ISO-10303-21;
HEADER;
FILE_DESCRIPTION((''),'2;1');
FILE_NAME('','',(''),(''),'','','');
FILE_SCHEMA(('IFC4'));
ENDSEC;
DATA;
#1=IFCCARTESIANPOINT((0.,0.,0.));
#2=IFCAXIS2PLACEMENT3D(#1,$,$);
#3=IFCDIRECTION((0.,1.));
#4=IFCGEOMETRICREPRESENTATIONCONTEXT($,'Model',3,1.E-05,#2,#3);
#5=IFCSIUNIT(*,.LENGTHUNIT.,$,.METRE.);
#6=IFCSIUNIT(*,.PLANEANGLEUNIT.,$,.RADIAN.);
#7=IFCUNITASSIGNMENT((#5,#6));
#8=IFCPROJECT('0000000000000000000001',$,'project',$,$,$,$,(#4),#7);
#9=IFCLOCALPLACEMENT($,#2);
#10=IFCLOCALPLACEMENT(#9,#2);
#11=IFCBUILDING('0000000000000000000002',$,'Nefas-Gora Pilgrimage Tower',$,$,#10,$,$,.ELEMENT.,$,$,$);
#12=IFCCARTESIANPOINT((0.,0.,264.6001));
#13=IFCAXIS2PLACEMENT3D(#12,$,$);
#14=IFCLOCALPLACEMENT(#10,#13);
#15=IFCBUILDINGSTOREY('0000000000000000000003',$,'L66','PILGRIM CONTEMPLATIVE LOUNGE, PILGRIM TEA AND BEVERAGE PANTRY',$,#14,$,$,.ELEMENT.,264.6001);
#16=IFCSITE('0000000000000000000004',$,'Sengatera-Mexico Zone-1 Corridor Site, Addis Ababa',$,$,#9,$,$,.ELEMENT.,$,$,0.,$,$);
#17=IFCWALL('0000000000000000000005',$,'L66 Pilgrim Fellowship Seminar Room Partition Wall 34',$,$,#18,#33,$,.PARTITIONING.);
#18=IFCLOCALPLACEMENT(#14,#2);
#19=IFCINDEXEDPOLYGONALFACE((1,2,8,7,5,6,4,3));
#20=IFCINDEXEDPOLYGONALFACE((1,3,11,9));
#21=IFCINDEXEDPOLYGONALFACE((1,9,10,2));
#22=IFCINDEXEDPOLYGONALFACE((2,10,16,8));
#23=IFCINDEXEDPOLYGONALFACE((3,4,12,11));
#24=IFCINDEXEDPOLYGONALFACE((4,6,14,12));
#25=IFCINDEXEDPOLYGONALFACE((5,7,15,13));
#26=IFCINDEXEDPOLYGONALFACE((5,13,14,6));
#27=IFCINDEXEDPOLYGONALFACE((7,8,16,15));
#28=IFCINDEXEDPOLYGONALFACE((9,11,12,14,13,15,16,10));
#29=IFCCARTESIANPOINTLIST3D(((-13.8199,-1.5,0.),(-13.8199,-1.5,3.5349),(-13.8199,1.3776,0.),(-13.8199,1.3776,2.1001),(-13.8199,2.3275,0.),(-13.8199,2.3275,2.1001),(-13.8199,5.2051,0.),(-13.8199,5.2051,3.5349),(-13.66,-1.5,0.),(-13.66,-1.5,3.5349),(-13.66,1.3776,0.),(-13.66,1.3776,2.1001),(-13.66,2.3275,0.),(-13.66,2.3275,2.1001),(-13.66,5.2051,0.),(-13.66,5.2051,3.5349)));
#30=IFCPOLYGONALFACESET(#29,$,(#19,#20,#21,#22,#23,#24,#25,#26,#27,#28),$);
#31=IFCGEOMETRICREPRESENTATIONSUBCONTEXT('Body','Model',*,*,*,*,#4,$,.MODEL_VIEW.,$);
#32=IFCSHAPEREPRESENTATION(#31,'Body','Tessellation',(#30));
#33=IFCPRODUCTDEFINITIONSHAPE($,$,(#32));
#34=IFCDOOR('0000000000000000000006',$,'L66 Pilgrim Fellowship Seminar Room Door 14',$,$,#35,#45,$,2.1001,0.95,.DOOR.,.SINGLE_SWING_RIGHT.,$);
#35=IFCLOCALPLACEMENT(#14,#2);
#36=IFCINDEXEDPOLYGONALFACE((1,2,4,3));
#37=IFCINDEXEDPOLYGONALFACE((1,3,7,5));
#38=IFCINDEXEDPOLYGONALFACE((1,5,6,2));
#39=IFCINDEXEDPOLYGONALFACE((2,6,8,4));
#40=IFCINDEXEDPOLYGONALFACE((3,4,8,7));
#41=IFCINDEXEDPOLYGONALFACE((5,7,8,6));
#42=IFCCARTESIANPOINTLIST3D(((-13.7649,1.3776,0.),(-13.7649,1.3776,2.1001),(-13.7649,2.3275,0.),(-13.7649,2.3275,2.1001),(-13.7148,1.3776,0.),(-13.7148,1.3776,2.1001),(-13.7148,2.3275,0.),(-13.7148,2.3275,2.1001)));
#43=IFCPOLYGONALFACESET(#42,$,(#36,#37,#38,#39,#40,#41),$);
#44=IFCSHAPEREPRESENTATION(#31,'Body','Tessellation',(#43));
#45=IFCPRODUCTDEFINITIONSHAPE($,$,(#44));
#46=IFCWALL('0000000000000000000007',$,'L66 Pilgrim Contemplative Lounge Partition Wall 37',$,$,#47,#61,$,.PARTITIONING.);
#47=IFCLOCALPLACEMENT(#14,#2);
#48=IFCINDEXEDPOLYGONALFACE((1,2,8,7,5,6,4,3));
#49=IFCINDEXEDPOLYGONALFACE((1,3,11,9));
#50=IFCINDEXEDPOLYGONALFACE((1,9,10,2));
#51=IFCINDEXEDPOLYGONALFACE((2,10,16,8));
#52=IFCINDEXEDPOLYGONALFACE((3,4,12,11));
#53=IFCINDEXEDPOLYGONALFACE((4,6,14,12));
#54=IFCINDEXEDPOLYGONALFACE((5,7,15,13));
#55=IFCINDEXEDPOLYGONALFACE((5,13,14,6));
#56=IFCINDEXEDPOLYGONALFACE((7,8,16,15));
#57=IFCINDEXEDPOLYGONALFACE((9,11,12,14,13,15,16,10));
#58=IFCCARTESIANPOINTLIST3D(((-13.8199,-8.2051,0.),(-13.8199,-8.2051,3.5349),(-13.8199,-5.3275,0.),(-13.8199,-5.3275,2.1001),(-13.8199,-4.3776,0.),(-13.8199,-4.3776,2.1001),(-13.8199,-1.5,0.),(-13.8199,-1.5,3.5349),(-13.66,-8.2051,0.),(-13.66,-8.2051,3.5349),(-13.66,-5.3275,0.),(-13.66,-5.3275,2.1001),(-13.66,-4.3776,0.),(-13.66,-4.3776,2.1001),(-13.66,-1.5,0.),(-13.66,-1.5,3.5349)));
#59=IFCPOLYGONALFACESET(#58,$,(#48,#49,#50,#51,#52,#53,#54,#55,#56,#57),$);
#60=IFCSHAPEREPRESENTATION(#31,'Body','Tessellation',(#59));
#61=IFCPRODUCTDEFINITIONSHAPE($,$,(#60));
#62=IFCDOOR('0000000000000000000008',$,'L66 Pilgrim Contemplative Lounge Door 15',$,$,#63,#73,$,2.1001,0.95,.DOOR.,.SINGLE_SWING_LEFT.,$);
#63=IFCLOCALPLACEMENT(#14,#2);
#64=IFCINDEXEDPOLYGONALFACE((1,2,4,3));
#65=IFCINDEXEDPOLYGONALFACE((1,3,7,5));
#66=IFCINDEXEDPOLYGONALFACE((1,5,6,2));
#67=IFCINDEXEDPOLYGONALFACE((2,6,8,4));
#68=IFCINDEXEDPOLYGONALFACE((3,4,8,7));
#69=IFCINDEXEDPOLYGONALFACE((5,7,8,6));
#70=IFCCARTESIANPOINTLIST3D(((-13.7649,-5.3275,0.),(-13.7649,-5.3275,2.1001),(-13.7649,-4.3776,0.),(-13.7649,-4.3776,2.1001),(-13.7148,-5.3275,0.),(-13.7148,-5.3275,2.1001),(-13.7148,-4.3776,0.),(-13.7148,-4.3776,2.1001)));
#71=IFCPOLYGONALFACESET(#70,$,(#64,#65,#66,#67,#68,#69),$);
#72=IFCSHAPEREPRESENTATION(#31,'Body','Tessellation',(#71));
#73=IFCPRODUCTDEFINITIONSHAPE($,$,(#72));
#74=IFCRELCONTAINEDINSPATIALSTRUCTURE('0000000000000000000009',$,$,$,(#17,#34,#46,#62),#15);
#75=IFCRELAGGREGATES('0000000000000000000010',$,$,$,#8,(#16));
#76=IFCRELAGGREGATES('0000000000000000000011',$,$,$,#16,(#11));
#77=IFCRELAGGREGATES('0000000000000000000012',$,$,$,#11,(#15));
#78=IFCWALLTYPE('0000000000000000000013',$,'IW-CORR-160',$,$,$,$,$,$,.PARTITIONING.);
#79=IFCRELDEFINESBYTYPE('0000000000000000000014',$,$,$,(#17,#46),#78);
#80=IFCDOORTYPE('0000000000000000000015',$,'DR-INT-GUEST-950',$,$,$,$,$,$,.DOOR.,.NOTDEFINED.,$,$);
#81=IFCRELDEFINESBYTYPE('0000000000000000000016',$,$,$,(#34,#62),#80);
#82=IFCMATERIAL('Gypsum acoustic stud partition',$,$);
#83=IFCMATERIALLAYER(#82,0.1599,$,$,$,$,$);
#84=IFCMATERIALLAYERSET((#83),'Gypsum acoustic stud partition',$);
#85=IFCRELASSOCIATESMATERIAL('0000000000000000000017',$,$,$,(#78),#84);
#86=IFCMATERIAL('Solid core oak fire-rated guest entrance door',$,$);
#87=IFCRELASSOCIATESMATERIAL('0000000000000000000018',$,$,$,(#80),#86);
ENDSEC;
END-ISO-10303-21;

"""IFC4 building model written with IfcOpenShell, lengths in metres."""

from ifc_helpers import new_model, si_unit, direction, frame, frame_2d, origin, place, context, subcontext, project, spatial, rectangle, extrude, source, transform, mapped, material, layer, layer_set, type_object, element, fill, save


model = new_model("IFC4")

# Units and contexts
model_context = context("Model", 3, precision=1e-05, world=origin(), true_north=direction((0.0, 1.0)))
body_context = subcontext(model_context, "Body", "Model", "MODEL_VIEW")
ifc_project = project(units=[si_unit("LENGTHUNIT", "METRE"), si_unit("PLANEANGLEUNIT", "RADIAN")], contexts=[model_context])

# Site, building, storey
site_placement = place(None, origin())
site = spatial("IfcSite", under=ifc_project, at=site_placement, Name="Sengatera-Mexico Zone-1 Corridor Site, Addis Ababa", CompositionType="ELEMENT", RefElevation=0.0)
building_placement = place(site_placement, origin())
building = spatial("IfcBuilding", under=site, at=building_placement, Name="Nefas-Gora Pilgrimage Tower", CompositionType="ELEMENT")
storey_placement = place(building_placement, frame((0.0, 0.0, 264.6001)))
storey = spatial("IfcBuildingStorey", under=building, at=storey_placement, Name="L66", Description="PILGRIM CONTEMPLATIVE LOUNGE, PILGRIM TEA AND BEVERAGE PANTRY", CompositionType="ELEMENT", Elevation=264.6001)

# Walls, openings, doors
ifc_material_1 = material(Name="Gypsum acoustic stud partition")
ifc_layer_1 = layer(ifc_material_1, 0.1599)
ifc_layer_set_1 = layer_set([ifc_layer_1], Name="Gypsum acoustic stud partition")
wall_type_1 = type_object("IfcWallType", Name="IW-CORR-160", PredefinedType="PARTITIONING", material=ifc_layer_set_1)
shared_shape_1 = source(origin(), body_context, "Body", "SweptSolid", [
    extrude(rectangle(XDim=6.7051, YDim=0.1599, at=frame_2d((3.3525, 0.0))), origin(), (0.0, 0.0, 1.0), 3.5349),
])
wall_1_placement = place(storey_placement, frame((-13.74, -1.5, 0.0), z_axis=(0.0, 0.0, 1.0), x_axis=(0.0, 1.0, 0.0)))
wall_1 = element("IfcWall", 1, at=wall_1_placement, inside=storey, type_object=wall_type_1, Name="L66 Pilgrim Fellowship Seminar Room Partition Wall 34", PredefinedType="PARTITIONING", context=body_context, shape_type="MappedRepresentation", body=[
    mapped(shared_shape_1, transform((0.0, 0.0, 0.0), x_axis=(1.0, 0.0, 0.0), y_axis=(0.0, 1.0, 0.0), z_axis=(0.0, 0.0, 1.0), scale=1.0)),
])
opening_1_placement = place(wall_1_placement, frame((2.8774, 0.0, 0.0)))
opening_1 = element("IfcOpeningElement", 2, at=opening_1_placement, cuts=wall_1, PredefinedType="OPENING", context=body_context, shape_type="SweptSolid", body=[
    extrude(rectangle(XDim=0.95, YDim=2.1001, at=frame_2d((0.4751, 1.05))), frame((0.0, 0.0898, 0.0), z_axis=(0.0, -1.0, 0.0), x_axis=(1.0, 0.0, 0.0)), (0.0, 0.0, 1.0), 0.1799),
])
ifc_material_2 = material(Name="Solid core oak fire-rated guest entrance door")
door_type_1 = type_object("IfcDoorType", Name="DR-INT-GUEST-950", OperationType="NOTDEFINED", PredefinedType="DOOR", material=ifc_material_2)
shared_shape_2 = source(origin(), body_context, "Body", "SweptSolid", [
    extrude(rectangle(XDim=0.95, YDim=2.1001, at=frame_2d((0.4751, 1.05))), frame((0.0, 0.0249, 0.0), z_axis=(0.0, -1.0, 0.0), x_axis=(1.0, 0.0, 0.0)), (0.0, 0.0, 1.0), 0.05),
])
door_1_placement = place(opening_1_placement, origin())
door_1 = element("IfcDoor", 3, at=door_1_placement, inside=storey, type_object=door_type_1, Name="L66 Pilgrim Fellowship Seminar Room Door 14", OperationType="SINGLE_SWING_RIGHT", OverallHeight=2.1001, OverallWidth=0.95, PredefinedType="DOOR", context=body_context, shape_type="MappedRepresentation", body=[
    mapped(shared_shape_2, transform((0.0, 0.0, 0.0), x_axis=(1.0, 0.0, 0.0), y_axis=(0.0, 1.0, 0.0), z_axis=(0.0, 0.0, 1.0), scale=1.0)),
])
fill(opening_1, door_1)
wall_2_placement = place(storey_placement, frame((-13.74, -8.2051, 0.0), z_axis=(0.0, 0.0, 1.0), x_axis=(0.0, 1.0, 0.0)))
wall_2 = element("IfcWall", 4, at=wall_2_placement, inside=storey, type_object=wall_type_1, Name="L66 Pilgrim Contemplative Lounge Partition Wall 37", PredefinedType="PARTITIONING", context=body_context, shape_type="MappedRepresentation", body=[
    mapped(shared_shape_1, transform((0.0, 0.0, 0.0), x_axis=(1.0, 0.0, 0.0), y_axis=(0.0, 1.0, 0.0), z_axis=(0.0, 0.0, 1.0), scale=1.0)),
])
opening_2_placement = place(wall_2_placement, frame((2.8774, 0.0, 0.0)))
opening_2 = element("IfcOpeningElement", 5, at=opening_2_placement, cuts=wall_2, PredefinedType="OPENING", context=body_context, shape_type="SweptSolid", body=[
    extrude(rectangle(XDim=0.95, YDim=2.1001, at=frame_2d((0.4751, 1.05))), frame((0.0, 0.0898, 0.0), z_axis=(0.0, -1.0, 0.0), x_axis=(1.0, 0.0, 0.0)), (0.0, 0.0, 1.0), 0.1799),
])
door_2_placement = place(opening_2_placement, origin())
door_2 = element("IfcDoor", 6, at=door_2_placement, inside=storey, type_object=door_type_1, Name="L66 Pilgrim Contemplative Lounge Door 15", OperationType="SINGLE_SWING_LEFT", OverallHeight=2.1001, OverallWidth=0.95, PredefinedType="DOOR", context=body_context, shape_type="MappedRepresentation", body=[
    mapped(shared_shape_2, transform((0.0, 0.0, 0.0), x_axis=(1.0, 0.0, 0.0), y_axis=(0.0, 1.0, 0.0), z_axis=(0.0, 0.0, 1.0), scale=1.0)),
])
fill(opening_2, door_2)

save(model, "model.ifc")
